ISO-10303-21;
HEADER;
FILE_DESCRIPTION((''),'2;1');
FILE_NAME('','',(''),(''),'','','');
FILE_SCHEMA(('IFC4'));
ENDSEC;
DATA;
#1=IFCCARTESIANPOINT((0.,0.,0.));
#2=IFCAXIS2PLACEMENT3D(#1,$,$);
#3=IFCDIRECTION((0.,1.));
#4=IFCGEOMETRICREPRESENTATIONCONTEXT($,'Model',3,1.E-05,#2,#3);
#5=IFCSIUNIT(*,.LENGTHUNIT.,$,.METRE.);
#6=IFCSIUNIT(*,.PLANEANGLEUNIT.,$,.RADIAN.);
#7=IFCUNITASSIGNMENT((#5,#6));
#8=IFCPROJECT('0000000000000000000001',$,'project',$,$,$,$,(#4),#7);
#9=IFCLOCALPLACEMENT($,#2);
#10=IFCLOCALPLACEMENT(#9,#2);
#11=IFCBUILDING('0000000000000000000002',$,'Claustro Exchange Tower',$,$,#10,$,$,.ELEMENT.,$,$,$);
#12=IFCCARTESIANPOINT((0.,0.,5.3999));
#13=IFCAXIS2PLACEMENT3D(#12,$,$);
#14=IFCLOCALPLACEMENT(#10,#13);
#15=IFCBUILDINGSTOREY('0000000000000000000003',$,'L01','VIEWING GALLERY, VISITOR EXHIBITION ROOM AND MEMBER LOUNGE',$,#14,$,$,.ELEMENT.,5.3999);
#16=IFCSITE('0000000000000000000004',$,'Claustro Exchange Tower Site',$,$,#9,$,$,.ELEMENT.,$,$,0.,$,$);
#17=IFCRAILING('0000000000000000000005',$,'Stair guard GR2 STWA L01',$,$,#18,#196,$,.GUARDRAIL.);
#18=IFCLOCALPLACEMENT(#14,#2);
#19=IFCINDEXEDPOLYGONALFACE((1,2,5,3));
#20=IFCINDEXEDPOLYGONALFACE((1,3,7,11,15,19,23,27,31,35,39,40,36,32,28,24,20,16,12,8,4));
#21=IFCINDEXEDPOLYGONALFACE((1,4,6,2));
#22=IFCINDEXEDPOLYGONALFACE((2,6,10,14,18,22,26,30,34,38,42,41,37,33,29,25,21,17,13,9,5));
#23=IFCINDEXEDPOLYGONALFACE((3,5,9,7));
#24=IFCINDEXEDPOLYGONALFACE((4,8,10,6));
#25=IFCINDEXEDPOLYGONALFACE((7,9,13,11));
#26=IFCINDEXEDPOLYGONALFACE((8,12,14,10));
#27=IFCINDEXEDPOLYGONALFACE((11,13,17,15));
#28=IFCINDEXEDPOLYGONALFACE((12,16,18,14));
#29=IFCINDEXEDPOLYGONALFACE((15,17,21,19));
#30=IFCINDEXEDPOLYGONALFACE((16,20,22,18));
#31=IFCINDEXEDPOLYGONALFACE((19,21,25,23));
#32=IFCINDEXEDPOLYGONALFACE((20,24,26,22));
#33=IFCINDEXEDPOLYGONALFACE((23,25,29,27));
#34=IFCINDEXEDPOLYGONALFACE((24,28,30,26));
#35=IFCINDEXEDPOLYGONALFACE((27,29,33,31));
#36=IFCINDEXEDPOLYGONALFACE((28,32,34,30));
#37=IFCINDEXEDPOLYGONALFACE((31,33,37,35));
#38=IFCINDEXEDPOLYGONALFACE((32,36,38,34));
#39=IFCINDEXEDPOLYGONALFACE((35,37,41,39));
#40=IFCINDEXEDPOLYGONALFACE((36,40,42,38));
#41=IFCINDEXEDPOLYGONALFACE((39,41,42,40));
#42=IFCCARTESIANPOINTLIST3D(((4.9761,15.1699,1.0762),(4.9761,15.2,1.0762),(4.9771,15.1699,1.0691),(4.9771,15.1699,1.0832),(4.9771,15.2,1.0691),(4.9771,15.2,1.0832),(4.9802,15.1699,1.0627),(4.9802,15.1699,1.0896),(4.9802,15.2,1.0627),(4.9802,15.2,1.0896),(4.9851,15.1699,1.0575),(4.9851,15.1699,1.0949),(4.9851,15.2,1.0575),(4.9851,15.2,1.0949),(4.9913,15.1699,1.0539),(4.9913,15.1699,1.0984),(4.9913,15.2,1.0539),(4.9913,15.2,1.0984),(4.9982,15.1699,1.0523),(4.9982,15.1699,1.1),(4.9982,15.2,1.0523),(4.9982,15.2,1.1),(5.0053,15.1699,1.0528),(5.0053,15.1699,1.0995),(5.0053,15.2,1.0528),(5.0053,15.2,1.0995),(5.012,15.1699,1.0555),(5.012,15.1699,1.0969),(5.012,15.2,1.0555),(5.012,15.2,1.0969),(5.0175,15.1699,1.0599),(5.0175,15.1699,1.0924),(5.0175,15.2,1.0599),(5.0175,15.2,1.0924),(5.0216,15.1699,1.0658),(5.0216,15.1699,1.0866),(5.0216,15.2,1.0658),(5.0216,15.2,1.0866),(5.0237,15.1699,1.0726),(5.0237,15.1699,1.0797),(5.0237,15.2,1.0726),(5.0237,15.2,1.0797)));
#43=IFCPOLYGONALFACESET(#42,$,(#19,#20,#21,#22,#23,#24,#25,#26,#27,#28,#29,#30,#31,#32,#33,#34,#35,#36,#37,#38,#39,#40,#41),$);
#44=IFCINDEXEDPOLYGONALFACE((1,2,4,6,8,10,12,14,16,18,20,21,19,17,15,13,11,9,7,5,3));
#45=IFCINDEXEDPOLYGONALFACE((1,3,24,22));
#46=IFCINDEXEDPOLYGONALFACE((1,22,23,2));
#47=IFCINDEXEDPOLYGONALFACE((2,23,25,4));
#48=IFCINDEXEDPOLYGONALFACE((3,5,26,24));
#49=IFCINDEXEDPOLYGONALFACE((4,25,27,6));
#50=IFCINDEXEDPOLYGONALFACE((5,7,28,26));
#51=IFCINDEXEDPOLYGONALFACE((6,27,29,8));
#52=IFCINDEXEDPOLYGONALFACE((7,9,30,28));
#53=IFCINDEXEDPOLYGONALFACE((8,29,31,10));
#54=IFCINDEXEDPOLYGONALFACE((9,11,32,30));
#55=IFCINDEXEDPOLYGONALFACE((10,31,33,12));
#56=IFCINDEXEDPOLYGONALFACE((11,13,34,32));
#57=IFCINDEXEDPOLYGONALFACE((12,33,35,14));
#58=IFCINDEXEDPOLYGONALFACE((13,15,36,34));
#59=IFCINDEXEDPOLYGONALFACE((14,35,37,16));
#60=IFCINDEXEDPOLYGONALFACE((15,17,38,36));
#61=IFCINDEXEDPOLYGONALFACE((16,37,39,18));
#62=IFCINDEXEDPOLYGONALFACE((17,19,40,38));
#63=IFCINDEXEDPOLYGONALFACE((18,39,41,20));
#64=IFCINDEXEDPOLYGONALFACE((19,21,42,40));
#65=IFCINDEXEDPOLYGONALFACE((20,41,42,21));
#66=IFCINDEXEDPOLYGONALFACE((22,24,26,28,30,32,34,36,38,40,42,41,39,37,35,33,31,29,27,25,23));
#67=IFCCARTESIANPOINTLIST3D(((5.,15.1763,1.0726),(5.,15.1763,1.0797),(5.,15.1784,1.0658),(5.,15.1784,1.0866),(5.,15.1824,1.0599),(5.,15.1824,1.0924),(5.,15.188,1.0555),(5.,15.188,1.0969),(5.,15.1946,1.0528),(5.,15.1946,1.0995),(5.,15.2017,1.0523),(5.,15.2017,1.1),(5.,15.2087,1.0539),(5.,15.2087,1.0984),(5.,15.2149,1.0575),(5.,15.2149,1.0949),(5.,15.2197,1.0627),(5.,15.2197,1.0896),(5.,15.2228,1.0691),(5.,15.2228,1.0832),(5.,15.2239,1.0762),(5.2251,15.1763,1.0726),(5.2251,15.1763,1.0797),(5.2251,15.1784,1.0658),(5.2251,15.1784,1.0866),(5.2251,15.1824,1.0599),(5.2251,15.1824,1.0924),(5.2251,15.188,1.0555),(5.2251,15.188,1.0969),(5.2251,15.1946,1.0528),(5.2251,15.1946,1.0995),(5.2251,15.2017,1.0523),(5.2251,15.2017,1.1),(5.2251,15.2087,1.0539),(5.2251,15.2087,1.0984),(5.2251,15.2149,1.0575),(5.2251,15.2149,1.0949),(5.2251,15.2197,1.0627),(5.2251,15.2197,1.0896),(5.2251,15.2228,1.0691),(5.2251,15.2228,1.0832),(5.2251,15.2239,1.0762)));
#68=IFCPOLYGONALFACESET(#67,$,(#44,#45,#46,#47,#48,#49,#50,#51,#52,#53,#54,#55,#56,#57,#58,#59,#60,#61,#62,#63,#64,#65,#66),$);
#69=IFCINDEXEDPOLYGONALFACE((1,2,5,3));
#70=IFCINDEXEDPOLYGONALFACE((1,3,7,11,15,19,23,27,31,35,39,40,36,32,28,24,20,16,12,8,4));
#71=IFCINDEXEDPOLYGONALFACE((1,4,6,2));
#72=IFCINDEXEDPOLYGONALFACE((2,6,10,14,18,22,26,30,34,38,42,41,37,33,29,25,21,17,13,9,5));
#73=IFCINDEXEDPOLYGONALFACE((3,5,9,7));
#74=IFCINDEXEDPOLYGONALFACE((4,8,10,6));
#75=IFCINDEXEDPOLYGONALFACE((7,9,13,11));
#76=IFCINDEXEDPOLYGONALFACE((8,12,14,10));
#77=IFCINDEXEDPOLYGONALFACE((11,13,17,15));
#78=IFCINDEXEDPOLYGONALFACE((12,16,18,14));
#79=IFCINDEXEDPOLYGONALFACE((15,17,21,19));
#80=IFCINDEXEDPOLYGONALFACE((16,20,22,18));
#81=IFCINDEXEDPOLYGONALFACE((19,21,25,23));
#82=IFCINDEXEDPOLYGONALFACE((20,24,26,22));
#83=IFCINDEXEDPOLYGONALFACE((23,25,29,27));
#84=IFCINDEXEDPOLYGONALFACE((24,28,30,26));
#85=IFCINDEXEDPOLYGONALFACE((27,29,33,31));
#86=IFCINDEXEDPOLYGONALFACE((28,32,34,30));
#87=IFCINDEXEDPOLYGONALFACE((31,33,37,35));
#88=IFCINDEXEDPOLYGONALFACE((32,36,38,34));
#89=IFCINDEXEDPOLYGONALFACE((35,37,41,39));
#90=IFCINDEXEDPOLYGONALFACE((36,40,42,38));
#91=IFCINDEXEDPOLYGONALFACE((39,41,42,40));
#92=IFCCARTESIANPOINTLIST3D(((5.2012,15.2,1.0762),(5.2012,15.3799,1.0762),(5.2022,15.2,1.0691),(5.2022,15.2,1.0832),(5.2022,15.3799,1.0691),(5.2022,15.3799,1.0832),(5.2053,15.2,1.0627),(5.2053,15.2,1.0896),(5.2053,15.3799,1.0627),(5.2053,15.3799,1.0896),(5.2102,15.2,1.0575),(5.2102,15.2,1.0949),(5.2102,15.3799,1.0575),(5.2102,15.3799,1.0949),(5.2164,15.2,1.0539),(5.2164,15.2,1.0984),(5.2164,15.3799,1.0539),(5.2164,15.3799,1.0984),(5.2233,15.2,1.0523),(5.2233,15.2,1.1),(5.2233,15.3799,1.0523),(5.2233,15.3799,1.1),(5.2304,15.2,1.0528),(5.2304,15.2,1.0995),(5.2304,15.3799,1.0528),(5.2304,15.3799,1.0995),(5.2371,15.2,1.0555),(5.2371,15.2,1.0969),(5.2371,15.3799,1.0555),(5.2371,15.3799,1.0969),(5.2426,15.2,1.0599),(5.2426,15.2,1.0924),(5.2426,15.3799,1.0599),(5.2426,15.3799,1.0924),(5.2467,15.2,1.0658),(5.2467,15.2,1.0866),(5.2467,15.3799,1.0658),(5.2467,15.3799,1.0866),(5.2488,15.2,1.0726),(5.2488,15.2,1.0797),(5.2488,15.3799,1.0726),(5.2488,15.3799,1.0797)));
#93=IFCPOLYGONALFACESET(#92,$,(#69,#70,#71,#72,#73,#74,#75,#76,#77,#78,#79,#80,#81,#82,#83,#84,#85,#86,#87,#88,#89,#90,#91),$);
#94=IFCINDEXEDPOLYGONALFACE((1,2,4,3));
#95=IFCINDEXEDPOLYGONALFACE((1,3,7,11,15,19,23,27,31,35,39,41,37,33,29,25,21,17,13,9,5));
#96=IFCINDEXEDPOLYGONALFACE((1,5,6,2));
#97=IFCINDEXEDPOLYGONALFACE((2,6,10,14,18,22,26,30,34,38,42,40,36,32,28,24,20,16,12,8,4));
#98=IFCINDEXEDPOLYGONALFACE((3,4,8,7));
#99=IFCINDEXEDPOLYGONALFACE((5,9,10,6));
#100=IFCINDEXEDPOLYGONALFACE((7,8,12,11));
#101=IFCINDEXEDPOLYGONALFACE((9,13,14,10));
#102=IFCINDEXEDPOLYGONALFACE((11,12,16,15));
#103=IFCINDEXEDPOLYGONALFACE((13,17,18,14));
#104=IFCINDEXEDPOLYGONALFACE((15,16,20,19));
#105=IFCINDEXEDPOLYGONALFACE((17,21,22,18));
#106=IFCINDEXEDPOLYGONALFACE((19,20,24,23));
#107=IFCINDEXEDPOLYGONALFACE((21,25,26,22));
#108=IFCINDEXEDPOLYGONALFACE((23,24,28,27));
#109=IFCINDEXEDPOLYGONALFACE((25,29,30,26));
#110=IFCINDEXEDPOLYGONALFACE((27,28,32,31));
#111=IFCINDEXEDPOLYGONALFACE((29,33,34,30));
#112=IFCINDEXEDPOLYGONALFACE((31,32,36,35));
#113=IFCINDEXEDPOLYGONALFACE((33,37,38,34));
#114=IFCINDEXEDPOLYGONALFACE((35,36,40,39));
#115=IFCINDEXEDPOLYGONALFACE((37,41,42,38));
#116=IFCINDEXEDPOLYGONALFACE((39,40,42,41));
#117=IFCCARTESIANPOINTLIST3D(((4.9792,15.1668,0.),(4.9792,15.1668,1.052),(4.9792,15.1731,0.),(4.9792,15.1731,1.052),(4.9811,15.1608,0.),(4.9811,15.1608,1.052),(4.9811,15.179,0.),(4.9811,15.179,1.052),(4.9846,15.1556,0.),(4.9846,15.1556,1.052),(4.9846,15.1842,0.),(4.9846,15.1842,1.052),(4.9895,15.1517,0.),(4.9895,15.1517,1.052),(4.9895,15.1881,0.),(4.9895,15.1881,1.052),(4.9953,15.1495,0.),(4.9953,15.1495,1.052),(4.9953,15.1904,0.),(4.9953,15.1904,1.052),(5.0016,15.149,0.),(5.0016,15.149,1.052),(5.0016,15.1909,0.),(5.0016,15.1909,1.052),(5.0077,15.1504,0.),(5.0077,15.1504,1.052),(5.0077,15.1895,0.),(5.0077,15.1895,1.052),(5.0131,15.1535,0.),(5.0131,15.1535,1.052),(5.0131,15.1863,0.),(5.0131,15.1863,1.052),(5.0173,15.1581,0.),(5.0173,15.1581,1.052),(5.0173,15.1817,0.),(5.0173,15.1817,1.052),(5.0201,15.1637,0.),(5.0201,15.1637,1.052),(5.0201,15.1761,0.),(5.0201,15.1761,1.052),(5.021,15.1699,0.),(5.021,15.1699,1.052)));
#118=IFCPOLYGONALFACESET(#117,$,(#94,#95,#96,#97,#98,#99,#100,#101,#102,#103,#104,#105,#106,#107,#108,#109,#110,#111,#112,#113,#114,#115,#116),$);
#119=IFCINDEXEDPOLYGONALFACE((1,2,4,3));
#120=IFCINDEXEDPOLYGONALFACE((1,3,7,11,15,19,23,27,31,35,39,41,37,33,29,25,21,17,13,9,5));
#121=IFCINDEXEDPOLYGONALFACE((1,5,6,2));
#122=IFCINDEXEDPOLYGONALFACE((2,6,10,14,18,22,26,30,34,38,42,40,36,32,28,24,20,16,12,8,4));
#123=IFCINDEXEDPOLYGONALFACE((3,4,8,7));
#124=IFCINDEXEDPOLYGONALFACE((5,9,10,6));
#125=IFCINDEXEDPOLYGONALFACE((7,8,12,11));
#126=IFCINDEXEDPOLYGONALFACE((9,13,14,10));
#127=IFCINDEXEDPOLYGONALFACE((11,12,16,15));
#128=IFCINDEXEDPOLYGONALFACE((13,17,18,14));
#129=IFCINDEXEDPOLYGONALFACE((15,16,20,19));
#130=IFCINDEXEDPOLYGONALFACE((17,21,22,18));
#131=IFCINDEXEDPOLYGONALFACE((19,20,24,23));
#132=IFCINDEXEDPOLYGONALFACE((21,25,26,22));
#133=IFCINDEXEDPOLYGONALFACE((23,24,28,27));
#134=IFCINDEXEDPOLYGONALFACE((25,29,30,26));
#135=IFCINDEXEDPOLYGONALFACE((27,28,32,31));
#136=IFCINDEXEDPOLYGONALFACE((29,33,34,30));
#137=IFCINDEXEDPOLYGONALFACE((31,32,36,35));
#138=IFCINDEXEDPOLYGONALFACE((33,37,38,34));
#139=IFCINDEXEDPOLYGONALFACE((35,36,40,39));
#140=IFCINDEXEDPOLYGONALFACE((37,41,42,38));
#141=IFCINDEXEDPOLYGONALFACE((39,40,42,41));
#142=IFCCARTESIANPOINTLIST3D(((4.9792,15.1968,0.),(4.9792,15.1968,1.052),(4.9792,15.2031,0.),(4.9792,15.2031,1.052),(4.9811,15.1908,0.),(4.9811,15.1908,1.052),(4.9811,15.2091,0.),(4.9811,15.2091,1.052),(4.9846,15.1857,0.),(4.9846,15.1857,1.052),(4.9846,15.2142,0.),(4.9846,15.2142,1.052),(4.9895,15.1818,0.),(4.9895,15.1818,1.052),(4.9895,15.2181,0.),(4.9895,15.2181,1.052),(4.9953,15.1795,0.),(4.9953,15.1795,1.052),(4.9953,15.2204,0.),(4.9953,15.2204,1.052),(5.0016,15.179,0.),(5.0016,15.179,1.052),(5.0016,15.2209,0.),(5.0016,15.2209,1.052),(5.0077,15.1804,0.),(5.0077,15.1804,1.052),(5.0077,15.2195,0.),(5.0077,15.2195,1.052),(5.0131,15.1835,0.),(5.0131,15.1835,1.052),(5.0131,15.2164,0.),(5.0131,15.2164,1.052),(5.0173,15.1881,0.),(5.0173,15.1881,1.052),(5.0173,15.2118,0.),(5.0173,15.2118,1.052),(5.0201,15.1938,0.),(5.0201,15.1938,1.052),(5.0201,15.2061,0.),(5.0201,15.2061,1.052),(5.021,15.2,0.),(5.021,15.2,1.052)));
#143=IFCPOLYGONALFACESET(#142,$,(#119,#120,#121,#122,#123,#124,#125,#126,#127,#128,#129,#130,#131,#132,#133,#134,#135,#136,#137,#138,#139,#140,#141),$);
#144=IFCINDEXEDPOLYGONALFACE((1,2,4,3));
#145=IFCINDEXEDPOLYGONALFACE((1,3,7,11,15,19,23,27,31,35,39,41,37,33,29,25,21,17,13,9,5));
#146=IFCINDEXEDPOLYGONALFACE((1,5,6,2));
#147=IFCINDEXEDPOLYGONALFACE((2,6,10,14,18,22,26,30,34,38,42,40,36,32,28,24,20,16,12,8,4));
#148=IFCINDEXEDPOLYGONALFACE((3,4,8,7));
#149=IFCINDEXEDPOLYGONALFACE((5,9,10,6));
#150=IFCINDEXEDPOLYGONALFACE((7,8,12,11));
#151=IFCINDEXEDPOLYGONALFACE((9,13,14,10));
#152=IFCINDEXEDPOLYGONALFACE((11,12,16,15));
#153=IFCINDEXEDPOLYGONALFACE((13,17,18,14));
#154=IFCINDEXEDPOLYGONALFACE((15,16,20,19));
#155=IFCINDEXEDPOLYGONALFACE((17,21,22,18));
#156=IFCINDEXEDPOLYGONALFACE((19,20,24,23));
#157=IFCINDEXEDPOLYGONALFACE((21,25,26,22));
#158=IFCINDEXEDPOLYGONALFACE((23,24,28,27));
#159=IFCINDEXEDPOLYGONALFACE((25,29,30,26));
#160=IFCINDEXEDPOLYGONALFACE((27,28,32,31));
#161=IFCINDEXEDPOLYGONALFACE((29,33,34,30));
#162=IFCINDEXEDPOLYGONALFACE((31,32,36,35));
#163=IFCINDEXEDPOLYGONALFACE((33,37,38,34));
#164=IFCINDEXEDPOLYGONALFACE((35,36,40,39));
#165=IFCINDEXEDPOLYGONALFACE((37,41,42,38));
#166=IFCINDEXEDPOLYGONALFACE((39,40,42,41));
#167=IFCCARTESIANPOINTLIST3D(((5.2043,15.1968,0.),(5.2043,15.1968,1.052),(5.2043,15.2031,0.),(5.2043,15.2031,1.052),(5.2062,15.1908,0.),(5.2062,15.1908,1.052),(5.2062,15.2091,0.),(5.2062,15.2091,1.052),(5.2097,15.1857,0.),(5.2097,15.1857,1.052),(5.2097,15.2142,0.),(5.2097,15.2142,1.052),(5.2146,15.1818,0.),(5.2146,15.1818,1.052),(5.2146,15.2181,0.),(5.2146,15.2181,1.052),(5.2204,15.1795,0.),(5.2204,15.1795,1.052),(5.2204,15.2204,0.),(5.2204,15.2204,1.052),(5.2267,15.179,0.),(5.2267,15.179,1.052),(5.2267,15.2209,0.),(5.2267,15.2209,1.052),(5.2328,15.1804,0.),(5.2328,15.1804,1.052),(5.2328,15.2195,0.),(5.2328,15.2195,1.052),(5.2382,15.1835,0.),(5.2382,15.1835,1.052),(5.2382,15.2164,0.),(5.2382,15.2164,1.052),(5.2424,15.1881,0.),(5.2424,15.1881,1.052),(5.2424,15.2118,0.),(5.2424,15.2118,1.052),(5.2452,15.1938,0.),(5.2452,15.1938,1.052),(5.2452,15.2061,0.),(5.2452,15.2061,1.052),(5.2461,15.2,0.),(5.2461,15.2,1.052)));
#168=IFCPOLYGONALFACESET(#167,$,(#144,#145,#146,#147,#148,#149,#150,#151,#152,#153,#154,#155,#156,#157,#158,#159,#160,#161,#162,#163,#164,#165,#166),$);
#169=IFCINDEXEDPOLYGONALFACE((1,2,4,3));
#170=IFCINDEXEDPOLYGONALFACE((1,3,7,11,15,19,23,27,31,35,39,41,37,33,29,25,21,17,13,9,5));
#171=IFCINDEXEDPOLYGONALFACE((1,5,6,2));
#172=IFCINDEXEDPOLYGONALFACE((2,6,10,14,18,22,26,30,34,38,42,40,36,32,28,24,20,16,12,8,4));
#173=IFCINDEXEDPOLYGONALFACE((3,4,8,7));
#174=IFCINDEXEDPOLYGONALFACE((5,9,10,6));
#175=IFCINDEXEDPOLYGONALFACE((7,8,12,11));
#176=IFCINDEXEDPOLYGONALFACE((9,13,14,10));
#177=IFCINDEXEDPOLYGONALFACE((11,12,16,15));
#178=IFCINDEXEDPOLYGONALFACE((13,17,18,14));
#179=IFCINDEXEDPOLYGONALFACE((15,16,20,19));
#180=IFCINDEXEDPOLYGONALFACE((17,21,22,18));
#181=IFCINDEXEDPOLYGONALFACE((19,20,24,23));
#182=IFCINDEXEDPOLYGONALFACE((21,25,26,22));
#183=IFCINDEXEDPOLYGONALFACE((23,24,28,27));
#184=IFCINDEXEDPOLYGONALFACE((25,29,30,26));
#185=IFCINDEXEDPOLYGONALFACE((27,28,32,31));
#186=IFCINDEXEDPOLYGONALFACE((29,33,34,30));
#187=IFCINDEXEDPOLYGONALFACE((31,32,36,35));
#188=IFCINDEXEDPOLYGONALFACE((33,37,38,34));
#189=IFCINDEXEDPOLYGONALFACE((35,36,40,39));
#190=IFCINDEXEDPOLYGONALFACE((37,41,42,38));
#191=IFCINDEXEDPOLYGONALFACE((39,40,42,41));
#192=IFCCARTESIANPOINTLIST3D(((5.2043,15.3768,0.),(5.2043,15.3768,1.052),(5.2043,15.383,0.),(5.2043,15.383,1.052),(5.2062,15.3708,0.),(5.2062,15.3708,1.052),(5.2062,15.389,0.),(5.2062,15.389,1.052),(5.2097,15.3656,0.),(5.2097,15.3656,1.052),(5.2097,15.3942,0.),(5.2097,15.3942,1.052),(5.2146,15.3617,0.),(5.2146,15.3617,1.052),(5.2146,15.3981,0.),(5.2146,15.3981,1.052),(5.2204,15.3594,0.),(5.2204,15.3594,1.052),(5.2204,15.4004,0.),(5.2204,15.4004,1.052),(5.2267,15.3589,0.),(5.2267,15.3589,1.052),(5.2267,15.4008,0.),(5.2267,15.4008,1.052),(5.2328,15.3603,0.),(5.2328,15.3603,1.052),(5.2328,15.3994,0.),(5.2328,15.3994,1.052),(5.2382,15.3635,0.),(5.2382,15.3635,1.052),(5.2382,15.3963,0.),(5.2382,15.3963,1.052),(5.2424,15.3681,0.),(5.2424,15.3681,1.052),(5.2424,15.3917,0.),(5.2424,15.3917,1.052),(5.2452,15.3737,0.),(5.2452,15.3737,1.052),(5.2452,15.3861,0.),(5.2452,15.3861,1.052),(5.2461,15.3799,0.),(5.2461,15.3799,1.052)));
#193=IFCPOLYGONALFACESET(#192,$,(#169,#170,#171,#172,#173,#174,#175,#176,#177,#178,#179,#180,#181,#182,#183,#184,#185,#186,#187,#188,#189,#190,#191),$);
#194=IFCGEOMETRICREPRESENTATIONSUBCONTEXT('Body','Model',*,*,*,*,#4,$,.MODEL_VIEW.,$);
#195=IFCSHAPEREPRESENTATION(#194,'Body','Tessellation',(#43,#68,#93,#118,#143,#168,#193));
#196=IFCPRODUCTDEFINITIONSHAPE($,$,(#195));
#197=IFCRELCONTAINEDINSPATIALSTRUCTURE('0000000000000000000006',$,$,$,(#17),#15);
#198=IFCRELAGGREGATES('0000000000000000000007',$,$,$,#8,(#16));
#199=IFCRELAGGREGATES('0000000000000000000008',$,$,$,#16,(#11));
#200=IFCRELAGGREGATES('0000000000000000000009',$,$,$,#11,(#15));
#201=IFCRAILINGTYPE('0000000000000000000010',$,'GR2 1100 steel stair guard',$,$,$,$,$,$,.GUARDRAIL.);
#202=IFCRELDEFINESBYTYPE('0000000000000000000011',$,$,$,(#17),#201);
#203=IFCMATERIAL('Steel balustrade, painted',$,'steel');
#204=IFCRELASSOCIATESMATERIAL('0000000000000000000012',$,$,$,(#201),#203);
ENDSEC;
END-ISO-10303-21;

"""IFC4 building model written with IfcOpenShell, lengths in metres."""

from ifc_helpers import new_model, si_unit, direction, frame, origin, origin_2d, place, context, subcontext, project, spatial, circle, extrude, material, type_object, element, save


model = new_model("IFC4")

# Units and contexts
model_context = context("Model", 3, precision=1e-05, world=origin(), true_north=direction((0.0, 1.0)))
body_context = subcontext(model_context, "Body", "Model", "MODEL_VIEW")
ifc_project = project(units=[si_unit("LENGTHUNIT", "METRE"), si_unit("PLANEANGLEUNIT", "RADIAN")], contexts=[model_context])

# Site, building, storey
site_placement = place(None, origin())
site = spatial("IfcSite", under=ifc_project, at=site_placement, Name="Claustro Exchange Tower Site", CompositionType="ELEMENT", RefElevation=0.0)
building_placement = place(site_placement, origin())
building = spatial("IfcBuilding", under=site, at=building_placement, Name="Claustro Exchange Tower", CompositionType="ELEMENT")
storey_placement = place(building_placement, frame((0.0, 0.0, 5.3999)))
storey = spatial("IfcBuildingStorey", under=building, at=storey_placement, Name="L01", Description="VIEWING GALLERY, VISITOR EXHIBITION ROOM AND MEMBER LOUNGE", CompositionType="ELEMENT", Elevation=5.3999)

# Railing
ifc_material_1 = material(Name="Steel balustrade, painted", Category="steel")
railing_type_1 = type_object("IfcRailingType", Name="GR2 1100 steel stair guard", PredefinedType="GUARDRAIL", material=ifc_material_1)
railing_1_placement = place(storey_placement, frame((5.0, 15.1699, 0.0)))
element("IfcRailing", 1, at=railing_1_placement, inside=storey, type_object=railing_type_1, Name="Stair guard GR2 STWA L01", PredefinedType="GUARDRAIL", context=body_context, shape_type="SweptSolid", body=[
    extrude(circle(Radius=0.0239, at=origin_2d()), frame((0.0, 0.0, 1.0762), z_axis=(0.0, 1.0, 0.0), x_axis=(-1.0, 0.0, 0.0)), (0.0, 0.0, 1.0), 0.03),
    extrude(circle(Radius=0.0239, at=origin_2d()), frame((0.0, 0.03, 1.0762), z_axis=(1.0, 0.0, 0.0), x_axis=(0.0, 1.0, 0.0)), (0.0, 0.0, 1.0), 0.2251),
    extrude(circle(Radius=0.0239, at=origin_2d()), frame((0.2251, 0.03, 1.0762), z_axis=(0.0, 1.0, 0.0), x_axis=(-1.0, 0.0, 0.0)), (0.0, 0.0, 1.0), 0.1799),
    extrude(circle(Radius=0.021, at=origin_2d()), origin(), (0.0, 0.0, 1.0), 1.052),
    extrude(circle(Radius=0.021, at=origin_2d()), frame((0.0, 0.03, 0.0)), (0.0, 0.0, 1.0), 1.052),
    extrude(circle(Radius=0.021, at=origin_2d()), frame((0.2251, 0.03, 0.0)), (0.0, 0.0, 1.0), 1.052),
    extrude(circle(Radius=0.021, at=origin_2d()), frame((0.2251, 0.21, 0.0)), (0.0, 0.0, 1.0), 1.052),
])

save(model, "model.ifc")
